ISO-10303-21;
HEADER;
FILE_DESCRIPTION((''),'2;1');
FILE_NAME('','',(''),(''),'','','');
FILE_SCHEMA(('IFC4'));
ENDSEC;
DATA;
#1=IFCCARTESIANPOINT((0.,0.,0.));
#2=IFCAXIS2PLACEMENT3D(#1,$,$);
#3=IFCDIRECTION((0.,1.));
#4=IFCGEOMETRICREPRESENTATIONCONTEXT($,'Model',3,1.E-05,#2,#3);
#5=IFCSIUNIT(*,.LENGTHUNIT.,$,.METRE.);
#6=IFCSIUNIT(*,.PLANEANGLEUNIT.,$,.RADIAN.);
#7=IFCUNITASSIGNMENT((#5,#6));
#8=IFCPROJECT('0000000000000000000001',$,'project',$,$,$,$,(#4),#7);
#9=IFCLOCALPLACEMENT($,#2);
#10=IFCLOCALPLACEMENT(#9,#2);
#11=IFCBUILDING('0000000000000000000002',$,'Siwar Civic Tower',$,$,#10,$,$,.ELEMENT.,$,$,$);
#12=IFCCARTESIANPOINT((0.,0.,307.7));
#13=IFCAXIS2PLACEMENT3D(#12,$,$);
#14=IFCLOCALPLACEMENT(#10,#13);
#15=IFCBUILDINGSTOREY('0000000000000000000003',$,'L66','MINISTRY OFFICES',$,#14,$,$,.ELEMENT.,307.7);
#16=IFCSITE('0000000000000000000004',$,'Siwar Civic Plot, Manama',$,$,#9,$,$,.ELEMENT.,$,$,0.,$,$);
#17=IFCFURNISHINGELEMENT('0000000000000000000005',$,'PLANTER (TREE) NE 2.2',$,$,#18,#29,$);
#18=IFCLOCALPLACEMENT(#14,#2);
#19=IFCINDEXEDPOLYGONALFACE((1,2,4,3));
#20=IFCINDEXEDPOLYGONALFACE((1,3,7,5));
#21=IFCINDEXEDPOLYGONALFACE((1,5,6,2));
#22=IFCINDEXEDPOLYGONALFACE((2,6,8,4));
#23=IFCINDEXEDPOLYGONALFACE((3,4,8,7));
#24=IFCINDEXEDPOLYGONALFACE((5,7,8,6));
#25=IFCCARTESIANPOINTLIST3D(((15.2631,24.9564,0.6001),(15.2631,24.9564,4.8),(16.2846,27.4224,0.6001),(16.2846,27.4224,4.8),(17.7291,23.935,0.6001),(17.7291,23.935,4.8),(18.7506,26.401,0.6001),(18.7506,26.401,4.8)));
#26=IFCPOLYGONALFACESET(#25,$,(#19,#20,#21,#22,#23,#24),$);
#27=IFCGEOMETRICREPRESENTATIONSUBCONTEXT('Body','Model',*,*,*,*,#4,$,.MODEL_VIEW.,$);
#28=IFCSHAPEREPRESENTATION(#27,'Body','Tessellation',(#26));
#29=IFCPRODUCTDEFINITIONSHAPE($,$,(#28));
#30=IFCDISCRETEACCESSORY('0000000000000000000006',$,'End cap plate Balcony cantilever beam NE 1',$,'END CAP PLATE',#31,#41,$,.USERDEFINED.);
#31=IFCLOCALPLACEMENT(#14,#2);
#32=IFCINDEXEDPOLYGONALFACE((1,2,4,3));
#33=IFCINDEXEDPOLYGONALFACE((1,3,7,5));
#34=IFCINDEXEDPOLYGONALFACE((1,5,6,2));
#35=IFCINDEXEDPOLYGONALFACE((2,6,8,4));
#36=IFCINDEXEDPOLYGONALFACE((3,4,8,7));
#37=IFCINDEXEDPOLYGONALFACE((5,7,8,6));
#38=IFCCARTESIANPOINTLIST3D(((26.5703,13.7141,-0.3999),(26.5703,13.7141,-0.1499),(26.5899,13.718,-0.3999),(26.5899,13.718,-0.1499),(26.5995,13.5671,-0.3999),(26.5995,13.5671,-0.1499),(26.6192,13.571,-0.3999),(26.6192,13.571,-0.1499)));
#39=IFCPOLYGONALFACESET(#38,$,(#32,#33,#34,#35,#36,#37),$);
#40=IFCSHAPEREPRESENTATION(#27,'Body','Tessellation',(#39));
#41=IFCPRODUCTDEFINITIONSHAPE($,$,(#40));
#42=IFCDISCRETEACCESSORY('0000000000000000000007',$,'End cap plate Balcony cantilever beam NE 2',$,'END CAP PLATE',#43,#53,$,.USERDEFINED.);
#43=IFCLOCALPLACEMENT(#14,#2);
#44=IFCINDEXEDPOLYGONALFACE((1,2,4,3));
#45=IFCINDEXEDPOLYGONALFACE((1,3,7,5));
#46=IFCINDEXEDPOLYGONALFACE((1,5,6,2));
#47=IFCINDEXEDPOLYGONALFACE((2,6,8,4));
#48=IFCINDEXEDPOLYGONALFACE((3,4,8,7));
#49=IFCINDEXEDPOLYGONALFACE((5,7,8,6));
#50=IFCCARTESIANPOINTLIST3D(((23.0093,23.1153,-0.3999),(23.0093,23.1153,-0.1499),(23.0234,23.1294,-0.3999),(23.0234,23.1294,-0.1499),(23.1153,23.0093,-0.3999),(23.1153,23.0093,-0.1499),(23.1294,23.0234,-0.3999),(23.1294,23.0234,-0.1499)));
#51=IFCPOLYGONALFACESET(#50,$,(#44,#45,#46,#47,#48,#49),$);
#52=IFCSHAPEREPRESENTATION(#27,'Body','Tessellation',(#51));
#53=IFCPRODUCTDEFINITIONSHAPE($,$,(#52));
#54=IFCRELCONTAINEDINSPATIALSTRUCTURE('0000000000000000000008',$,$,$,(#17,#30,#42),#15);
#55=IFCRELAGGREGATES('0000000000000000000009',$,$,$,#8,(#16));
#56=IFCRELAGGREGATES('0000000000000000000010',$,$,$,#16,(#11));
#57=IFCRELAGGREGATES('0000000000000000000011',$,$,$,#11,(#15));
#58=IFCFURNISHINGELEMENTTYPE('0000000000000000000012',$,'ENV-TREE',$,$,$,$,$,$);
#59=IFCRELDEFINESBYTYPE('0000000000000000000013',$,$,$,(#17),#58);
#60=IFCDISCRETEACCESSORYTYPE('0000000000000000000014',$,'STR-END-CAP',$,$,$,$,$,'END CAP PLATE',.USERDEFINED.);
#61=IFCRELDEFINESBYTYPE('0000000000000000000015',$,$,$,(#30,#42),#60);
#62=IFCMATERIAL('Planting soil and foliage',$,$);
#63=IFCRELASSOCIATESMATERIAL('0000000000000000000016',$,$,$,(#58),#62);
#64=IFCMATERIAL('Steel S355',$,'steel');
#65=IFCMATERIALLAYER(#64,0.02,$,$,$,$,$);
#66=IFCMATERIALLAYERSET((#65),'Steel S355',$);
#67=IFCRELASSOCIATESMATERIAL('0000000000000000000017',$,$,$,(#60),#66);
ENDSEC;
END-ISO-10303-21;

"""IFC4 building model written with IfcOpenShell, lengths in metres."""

from ifc_helpers import new_model, si_unit, direction, frame, origin, origin_2d, place, context, subcontext, project, spatial, rectangle, extrude, material, layer, layer_set, type_object, element, save


model = new_model("IFC4")

# Units and contexts
model_context = context("Model", 3, precision=1e-05, world=origin(), true_north=direction((0.0, 1.0)))
body_context = subcontext(model_context, "Body", "Model", "MODEL_VIEW")
ifc_project = project(units=[si_unit("LENGTHUNIT", "METRE"), si_unit("PLANEANGLEUNIT", "RADIAN")], contexts=[model_context])

# Site, building, storey
site_placement = place(None, origin())
site = spatial("IfcSite", under=ifc_project, at=site_placement, Name="Siwar Civic Plot, Manama", CompositionType="ELEMENT", RefElevation=0.0)
building_placement = place(site_placement, origin())
building = spatial("IfcBuilding", under=site, at=building_placement, Name="Siwar Civic Tower", CompositionType="ELEMENT")
storey_placement = place(building_placement, frame((0.0, 0.0, 307.7)))
storey = spatial("IfcBuildingStorey", under=building, at=storey_placement, Name="L66", Description="MINISTRY OFFICES", CompositionType="ELEMENT", Elevation=307.7)

# Furnishing element
ifc_material_1 = material(Name="Planting soil and foliage")
furnishing_element_type_1 = type_object("IfcFurnishingElementType", Name="ENV-TREE", material=ifc_material_1)
for number, where, z_axis, x_axis, name in (
    (1, (17.0068, 25.6787, 0.6001), (0.0, 0.0, 1.0), (-0.92388, 0.382683, 0.0), "PLANTER (TREE) NE 2.2"),
):
    element("IfcFurnishingElement", number, at=place(storey_placement, frame(where, z_axis=z_axis, x_axis=x_axis)), inside=storey, type_object=furnishing_element_type_1, Name=name, context=body_context, shape_type="SweptSolid", body=[
        extrude(rectangle(XDim=2.6692, YDim=2.6692, at=origin_2d()), origin(), (0.0, 0.0, 1.0), 4.2),
    ])

# Discrete accessories
ifc_material_2 = material(Name="Steel S355", Category="steel")
ifc_layer_1 = layer(ifc_material_2, 0.02)
ifc_layer_set_1 = layer_set([ifc_layer_1], Name="Steel S355")
discrete_accessory_type = type_object("IfcDiscreteAccessoryType", Name="STR-END-CAP", ElementType="END CAP PLATE", PredefinedType="USERDEFINED", material=ifc_layer_set_1)
for number, where, z_axis, x_axis, name in (
    (2, (26.5947, 13.6426, -0.3999), (0.0, 0.0, 1.0), (0.980785, 0.19509, 0.0), "End cap plate Balcony cantilever beam NE 1"),
    (3, (23.0693, 23.0693, -0.3999), (0.0, 0.0, 1.0), (0.707107, 0.707107, 0.0), "End cap plate Balcony cantilever beam NE 2"),
):
    element("IfcDiscreteAccessory", number, at=place(storey_placement, frame(where, z_axis=z_axis, x_axis=x_axis)), inside=storey, type_object=discrete_accessory_type, Name=name, ObjectType="END CAP PLATE", PredefinedType="USERDEFINED", context=body_context, shape_type="SweptSolid", body=[
        extrude(rectangle(XDim=0.02, YDim=0.1499, at=origin_2d()), origin(), (0.0, 0.0, 1.0), 0.25),
    ])

save(model, "model.ifc")
